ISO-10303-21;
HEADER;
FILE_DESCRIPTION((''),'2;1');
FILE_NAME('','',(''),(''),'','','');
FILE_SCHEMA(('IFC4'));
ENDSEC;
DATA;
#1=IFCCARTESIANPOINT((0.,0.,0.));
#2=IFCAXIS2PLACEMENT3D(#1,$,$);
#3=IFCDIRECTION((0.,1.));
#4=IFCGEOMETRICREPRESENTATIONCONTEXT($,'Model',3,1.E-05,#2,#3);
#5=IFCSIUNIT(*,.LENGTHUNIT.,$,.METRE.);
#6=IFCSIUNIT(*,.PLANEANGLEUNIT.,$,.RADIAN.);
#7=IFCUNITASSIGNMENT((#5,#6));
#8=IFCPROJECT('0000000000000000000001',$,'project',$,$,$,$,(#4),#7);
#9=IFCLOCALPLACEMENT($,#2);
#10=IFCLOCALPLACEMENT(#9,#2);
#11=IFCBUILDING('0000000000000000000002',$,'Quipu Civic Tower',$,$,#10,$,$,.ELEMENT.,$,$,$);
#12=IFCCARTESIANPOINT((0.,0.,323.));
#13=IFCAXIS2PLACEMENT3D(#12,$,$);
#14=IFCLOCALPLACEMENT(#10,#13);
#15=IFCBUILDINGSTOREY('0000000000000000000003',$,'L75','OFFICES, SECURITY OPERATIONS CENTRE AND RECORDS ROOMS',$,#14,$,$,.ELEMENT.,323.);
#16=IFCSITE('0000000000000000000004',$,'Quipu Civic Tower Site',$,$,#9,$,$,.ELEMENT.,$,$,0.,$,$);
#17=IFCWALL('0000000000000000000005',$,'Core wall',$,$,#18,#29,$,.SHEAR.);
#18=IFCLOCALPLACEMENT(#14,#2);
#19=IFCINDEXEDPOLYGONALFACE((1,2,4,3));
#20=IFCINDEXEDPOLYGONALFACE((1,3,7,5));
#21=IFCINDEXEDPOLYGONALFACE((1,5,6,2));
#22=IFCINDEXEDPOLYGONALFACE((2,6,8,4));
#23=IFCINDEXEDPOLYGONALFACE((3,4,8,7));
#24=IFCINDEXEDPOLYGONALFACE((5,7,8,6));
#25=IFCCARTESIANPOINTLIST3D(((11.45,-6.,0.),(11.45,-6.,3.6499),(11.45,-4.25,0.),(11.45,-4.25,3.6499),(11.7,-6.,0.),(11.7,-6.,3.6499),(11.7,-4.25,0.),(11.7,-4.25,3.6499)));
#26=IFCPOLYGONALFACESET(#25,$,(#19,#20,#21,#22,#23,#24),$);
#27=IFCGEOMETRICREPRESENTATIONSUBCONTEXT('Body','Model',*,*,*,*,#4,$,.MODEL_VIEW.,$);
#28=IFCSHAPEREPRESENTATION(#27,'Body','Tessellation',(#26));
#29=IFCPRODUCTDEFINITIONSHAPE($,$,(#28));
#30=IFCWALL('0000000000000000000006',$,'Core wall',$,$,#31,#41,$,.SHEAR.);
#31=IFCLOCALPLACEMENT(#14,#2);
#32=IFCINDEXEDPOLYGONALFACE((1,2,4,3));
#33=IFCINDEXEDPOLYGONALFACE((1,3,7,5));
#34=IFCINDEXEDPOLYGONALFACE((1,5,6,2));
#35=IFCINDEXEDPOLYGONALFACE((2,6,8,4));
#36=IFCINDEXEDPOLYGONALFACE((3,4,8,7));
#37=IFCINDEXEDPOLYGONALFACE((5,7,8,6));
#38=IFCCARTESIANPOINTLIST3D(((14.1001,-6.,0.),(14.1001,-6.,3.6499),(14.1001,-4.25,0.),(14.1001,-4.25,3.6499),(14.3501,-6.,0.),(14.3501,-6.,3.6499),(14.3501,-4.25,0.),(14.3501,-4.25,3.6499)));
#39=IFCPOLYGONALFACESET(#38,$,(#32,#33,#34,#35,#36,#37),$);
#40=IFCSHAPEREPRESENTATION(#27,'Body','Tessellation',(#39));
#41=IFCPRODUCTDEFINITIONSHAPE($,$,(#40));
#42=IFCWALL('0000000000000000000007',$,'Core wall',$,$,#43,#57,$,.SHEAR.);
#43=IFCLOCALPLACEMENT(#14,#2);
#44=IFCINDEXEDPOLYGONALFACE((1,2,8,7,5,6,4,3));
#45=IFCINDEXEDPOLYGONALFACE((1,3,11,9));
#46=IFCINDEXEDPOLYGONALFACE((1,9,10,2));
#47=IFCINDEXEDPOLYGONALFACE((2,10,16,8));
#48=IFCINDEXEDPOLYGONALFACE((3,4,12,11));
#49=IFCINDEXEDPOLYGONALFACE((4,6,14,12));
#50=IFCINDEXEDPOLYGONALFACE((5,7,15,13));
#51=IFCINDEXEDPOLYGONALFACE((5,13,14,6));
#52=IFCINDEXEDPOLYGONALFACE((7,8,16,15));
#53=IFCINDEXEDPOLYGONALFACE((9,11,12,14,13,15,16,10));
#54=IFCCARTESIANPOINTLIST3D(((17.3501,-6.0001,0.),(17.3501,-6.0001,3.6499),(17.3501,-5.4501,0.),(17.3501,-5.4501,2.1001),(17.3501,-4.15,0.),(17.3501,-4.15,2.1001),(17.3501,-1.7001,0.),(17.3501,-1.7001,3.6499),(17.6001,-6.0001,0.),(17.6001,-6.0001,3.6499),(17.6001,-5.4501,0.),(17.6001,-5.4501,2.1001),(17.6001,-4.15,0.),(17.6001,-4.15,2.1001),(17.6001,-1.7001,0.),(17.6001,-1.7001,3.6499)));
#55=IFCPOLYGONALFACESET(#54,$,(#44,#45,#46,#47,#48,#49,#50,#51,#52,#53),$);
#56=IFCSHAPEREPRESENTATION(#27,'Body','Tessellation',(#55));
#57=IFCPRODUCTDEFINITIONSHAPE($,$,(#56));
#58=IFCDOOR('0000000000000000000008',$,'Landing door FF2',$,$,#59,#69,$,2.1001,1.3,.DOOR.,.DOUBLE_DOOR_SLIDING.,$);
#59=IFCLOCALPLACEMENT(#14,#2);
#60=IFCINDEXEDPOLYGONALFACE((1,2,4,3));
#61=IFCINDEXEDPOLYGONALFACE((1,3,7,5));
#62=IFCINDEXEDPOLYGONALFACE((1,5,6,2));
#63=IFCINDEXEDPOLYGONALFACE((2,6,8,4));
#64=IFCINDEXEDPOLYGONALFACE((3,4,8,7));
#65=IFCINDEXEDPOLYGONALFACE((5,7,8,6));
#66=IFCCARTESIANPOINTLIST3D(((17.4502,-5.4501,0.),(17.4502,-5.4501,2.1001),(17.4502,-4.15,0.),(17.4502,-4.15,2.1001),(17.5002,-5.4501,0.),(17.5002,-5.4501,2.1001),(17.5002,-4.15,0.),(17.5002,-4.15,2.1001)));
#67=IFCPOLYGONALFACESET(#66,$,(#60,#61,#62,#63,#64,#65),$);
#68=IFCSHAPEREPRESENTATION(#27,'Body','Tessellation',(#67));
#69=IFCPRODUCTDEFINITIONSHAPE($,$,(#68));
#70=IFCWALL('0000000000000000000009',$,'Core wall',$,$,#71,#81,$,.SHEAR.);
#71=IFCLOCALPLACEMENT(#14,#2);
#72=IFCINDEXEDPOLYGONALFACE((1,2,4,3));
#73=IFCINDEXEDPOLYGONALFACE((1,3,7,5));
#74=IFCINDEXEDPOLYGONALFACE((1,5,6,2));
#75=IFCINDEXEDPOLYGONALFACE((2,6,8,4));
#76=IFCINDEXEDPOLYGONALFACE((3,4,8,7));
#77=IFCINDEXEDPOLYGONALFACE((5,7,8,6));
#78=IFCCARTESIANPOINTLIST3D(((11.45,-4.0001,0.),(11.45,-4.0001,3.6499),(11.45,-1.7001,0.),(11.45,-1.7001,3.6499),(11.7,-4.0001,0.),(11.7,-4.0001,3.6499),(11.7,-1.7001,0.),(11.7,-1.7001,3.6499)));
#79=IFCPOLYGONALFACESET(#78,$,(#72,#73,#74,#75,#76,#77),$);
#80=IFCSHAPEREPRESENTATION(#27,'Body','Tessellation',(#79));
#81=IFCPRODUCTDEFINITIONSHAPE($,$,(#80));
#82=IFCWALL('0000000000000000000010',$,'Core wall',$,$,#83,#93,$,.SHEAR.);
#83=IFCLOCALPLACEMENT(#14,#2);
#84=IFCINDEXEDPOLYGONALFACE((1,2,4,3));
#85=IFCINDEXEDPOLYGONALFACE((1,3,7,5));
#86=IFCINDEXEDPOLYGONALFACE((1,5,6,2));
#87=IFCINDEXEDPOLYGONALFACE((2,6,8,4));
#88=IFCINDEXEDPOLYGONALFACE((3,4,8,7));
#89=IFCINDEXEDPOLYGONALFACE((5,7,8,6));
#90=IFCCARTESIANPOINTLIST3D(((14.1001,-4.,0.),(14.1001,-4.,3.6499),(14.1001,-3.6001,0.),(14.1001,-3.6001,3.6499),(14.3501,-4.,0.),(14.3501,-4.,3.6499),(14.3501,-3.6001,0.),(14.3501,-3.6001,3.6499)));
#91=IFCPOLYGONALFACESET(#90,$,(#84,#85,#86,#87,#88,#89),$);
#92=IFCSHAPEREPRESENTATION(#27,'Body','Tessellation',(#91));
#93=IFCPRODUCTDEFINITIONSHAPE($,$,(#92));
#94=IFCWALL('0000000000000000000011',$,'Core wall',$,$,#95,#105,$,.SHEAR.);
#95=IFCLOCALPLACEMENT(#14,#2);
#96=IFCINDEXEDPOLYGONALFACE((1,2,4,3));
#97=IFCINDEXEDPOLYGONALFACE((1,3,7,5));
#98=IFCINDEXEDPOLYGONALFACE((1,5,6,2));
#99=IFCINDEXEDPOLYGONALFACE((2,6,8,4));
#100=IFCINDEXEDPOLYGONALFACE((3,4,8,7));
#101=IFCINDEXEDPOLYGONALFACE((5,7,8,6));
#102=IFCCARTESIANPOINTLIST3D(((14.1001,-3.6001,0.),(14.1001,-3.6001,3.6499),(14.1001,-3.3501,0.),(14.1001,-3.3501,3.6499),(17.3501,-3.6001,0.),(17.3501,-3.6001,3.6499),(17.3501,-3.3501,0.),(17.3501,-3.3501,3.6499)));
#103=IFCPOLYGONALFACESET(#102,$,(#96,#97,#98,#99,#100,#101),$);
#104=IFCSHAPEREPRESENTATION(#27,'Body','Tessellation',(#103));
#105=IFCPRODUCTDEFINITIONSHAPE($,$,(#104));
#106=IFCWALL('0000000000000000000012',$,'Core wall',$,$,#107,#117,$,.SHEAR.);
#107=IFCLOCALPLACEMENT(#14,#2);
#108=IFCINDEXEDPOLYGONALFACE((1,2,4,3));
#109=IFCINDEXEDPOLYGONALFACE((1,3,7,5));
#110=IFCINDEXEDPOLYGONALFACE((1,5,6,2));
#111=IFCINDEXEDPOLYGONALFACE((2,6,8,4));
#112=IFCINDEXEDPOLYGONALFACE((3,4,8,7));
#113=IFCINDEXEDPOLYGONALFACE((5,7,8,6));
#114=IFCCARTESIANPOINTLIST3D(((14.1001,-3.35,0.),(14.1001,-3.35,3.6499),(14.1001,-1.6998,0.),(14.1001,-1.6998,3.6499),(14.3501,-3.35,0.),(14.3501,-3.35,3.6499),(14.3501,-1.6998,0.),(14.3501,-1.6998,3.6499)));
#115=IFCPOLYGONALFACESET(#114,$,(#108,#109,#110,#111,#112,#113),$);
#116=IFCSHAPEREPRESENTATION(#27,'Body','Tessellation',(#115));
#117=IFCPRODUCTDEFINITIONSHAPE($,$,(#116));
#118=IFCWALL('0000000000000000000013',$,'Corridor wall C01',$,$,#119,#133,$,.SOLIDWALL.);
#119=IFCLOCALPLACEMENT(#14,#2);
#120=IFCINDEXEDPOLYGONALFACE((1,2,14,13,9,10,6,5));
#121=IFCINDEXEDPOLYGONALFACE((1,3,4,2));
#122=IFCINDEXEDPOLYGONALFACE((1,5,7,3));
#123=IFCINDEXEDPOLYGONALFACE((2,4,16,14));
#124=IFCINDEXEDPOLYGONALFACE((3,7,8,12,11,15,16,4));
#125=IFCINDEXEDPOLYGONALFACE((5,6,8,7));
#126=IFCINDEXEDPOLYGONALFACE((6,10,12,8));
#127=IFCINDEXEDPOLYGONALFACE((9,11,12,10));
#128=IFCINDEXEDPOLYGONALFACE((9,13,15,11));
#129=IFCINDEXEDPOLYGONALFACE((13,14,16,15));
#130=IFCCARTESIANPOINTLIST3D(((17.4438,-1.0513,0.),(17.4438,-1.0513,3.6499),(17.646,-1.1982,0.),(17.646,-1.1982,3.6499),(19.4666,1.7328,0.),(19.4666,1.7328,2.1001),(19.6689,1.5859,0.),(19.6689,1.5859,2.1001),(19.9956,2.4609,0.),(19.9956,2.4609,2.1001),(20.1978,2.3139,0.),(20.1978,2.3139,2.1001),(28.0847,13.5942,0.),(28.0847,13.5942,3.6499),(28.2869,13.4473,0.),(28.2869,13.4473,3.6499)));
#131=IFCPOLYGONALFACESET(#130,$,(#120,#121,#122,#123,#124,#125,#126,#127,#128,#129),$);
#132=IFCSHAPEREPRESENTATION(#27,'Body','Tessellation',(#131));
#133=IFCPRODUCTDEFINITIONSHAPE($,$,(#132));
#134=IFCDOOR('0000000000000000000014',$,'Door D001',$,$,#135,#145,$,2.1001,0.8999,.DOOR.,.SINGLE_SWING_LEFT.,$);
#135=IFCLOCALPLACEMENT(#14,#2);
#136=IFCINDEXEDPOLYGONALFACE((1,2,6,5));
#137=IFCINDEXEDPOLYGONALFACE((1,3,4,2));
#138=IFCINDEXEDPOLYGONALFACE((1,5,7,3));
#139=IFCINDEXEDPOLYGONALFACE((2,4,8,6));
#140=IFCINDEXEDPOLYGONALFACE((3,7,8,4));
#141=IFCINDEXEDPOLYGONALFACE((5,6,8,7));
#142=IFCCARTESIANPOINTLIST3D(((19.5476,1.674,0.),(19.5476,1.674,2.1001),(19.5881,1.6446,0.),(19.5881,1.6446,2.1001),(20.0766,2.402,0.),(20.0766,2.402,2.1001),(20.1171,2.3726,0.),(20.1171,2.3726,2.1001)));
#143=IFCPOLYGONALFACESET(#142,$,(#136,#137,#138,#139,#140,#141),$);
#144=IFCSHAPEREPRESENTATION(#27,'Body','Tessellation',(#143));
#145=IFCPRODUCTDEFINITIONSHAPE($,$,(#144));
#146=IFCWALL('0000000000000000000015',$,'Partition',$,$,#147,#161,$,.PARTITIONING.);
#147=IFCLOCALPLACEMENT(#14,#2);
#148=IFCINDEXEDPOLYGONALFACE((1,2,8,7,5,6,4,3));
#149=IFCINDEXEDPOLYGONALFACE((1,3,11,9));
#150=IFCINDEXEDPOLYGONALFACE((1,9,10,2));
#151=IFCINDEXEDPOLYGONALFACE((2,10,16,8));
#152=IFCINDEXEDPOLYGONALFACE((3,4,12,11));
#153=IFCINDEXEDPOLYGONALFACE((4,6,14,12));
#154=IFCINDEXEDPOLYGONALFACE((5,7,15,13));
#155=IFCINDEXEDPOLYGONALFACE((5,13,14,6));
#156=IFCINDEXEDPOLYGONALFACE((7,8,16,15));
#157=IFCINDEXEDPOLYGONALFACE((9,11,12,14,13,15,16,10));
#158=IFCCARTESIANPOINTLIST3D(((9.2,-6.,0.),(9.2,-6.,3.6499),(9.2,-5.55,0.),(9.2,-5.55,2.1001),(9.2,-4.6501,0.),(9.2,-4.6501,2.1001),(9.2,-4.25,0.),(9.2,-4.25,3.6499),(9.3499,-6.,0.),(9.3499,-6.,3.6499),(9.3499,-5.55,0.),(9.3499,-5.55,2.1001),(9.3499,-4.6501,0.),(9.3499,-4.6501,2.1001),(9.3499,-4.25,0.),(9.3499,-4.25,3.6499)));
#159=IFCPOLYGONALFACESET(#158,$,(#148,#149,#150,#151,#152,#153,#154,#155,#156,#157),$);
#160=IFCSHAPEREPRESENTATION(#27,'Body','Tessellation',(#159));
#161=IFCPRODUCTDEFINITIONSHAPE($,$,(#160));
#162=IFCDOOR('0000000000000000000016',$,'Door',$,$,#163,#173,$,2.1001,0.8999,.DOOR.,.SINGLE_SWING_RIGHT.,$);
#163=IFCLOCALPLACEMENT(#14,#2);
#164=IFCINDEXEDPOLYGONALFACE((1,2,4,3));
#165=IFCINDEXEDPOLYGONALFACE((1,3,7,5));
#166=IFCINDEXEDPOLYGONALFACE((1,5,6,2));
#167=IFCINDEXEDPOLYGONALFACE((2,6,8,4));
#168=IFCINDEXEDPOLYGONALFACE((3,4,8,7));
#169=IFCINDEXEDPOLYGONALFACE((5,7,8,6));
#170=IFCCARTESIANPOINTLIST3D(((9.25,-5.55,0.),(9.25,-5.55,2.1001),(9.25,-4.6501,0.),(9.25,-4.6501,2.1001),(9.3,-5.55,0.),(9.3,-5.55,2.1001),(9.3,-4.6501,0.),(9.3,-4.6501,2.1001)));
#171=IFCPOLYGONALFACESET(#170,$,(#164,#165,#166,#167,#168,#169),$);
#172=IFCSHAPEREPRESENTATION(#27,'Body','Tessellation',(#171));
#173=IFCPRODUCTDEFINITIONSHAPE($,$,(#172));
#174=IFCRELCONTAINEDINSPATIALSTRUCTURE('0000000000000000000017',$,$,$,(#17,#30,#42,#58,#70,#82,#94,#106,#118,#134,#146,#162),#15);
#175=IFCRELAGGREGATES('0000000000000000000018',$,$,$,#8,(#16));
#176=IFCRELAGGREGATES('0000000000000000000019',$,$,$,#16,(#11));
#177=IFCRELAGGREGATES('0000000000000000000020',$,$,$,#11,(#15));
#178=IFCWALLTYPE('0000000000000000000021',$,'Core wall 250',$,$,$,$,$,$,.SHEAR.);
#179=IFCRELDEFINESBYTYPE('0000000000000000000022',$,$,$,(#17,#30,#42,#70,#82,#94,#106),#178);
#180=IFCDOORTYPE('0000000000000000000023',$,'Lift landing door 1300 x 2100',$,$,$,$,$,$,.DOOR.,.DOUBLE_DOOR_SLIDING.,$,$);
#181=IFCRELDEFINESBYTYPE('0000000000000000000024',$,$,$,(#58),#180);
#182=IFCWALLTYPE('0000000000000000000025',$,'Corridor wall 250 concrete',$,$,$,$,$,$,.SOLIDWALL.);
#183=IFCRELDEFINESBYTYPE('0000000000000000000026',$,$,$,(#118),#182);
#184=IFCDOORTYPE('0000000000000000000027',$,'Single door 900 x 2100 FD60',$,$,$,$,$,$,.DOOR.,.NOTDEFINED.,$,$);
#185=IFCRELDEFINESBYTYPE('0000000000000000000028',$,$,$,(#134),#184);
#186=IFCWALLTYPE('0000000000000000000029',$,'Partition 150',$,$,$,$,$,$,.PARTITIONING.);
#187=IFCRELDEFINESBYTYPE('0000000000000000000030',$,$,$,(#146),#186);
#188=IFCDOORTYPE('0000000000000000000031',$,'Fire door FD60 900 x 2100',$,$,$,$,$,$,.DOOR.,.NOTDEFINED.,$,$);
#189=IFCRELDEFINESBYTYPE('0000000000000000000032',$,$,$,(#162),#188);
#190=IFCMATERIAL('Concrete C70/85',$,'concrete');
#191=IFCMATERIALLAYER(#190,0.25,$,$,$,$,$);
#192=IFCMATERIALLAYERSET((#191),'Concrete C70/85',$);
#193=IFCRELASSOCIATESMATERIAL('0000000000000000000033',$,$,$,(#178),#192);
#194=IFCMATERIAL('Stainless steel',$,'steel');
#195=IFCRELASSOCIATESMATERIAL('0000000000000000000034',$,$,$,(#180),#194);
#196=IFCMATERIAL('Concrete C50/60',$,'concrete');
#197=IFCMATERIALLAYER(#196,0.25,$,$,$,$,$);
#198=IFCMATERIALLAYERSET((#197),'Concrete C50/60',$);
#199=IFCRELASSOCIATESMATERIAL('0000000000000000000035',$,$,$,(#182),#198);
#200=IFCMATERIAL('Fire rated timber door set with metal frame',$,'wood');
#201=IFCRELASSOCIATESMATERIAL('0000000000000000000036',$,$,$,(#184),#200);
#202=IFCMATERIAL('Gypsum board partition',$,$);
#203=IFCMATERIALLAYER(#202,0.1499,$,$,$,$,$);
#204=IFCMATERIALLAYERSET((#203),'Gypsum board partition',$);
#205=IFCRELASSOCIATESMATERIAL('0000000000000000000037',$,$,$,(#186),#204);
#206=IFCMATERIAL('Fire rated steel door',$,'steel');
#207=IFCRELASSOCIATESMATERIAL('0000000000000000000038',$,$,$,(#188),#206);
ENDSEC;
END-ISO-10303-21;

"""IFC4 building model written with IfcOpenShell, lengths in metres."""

from ifc_helpers import new_model, si_unit, direction, frame, frame_2d, origin, place, context, subcontext, project, spatial, rectangle, extrude, material, layer, layer_set, type_object, element, fill, save


model = new_model("IFC4")

# Units and contexts
model_context = context("Model", 3, precision=1e-05, world=origin(), true_north=direction((0.0, 1.0)))
body_context = subcontext(model_context, "Body", "Model", "MODEL_VIEW")
ifc_project = project(units=[si_unit("LENGTHUNIT", "METRE"), si_unit("PLANEANGLEUNIT", "RADIAN")], contexts=[model_context])

# Site, building, storey
site_placement = place(None, origin())
site = spatial("IfcSite", under=ifc_project, at=site_placement, Name="Quipu Civic Tower Site", CompositionType="ELEMENT", RefElevation=0.0)
building_placement = place(site_placement, origin())
building = spatial("IfcBuilding", under=site, at=building_placement, Name="Quipu Civic Tower", CompositionType="ELEMENT")
storey_placement = place(building_placement, frame((0.0, 0.0, 323.0)))
storey = spatial("IfcBuildingStorey", under=building, at=storey_placement, Name="L75", Description="OFFICES, SECURITY OPERATIONS CENTRE AND RECORDS ROOMS", CompositionType="ELEMENT", Elevation=323.0)

# Walls
ifc_material_1 = material(Name="Concrete C70/85", Category="concrete")
ifc_layer_1 = layer(ifc_material_1, 0.25)
ifc_layer_set_1 = layer_set([ifc_layer_1], Name="Concrete C70/85")
wall_type_1 = type_object("IfcWallType", Name="Core wall 250", PredefinedType="SHEAR", material=ifc_layer_set_1)
for number, where, z_axis, x_axis, name in (
    (1, (11.575, -6.0, 0.0), (0.0, 0.0, 1.0), (0.0, 1.0, 0.0), "Core wall"),
    (2, (14.2251, -6.0, 0.0), (0.0, 0.0, 1.0), (0.0, 1.0, 0.0), "Core wall"),
):
    element("IfcWall", number, at=place(storey_placement, frame(where, z_axis=z_axis, x_axis=x_axis)), inside=storey, type_object=wall_type_1, Name=name, PredefinedType="SHEAR", context=body_context, shape_type="SweptSolid", body=[
        extrude(rectangle(XDim=1.75, YDim=0.25, at=frame_2d((0.875, 0.0))), origin(), (0.0, 0.0, 1.0), 3.6499),
    ])

# Wall, opening, door
wall_1_placement = place(storey_placement, frame((17.4751, -6.0, 0.0), z_axis=(0.0, 0.0, 1.0), x_axis=(0.0, 1.0, 0.0)))
wall_1 = element("IfcWall", 3, at=wall_1_placement, inside=storey, type_object=wall_type_1, Name="Core wall", PredefinedType="SHEAR", context=body_context, shape_type="SweptSolid", body=[
    extrude(rectangle(XDim=4.3, YDim=0.25, at=frame_2d((2.1499, 0.0))), origin(), (0.0, 0.0, 1.0), 3.6499),
])
opening_1_placement = place(wall_1_placement, frame((0.55, 0.0, 0.0)))
opening_1 = element("IfcOpeningElement", 4, at=opening_1_placement, cuts=wall_1, PredefinedType="OPENING", context=body_context, shape_type="SweptSolid", body=[
    extrude(rectangle(XDim=1.3, YDim=2.1001, at=frame_2d((0.6499, 1.05))), frame((0.0, 0.135, 0.0), z_axis=(0.0, -1.0, 0.0), x_axis=(1.0, 0.0, 0.0)), (0.0, 0.0, 1.0), 0.27),
])
ifc_material_2 = material(Name="Stainless steel", Category="steel")
door_type_1 = type_object("IfcDoorType", Name="Lift landing door 1300 x 2100", OperationType="DOUBLE_DOOR_SLIDING", PredefinedType="DOOR", material=ifc_material_2)
door_1_placement = place(opening_1_placement, origin())
door_1 = element("IfcDoor", 5, at=door_1_placement, inside=storey, type_object=door_type_1, Name="Landing door FF2", OperationType="DOUBLE_DOOR_SLIDING", OverallHeight=2.1001, OverallWidth=1.3, PredefinedType="DOOR", context=body_context, shape_type="SweptSolid", body=[
    extrude(rectangle(XDim=1.3, YDim=2.1001, at=frame_2d((0.6499, 1.05))), frame((0.0, 0.0249, 0.0), z_axis=(0.0, -1.0, 0.0), x_axis=(1.0, 0.0, 0.0)), (0.0, 0.0, 1.0), 0.05),
])
fill(opening_1, door_1)

# Walls
wall_2_placement = place(storey_placement, frame((11.575, -4.0, 0.0), z_axis=(0.0, 0.0, 1.0), x_axis=(0.0, 1.0, 0.0)))
element("IfcWall", 6, at=wall_2_placement, inside=storey, type_object=wall_type_1, Name="Core wall", PredefinedType="SHEAR", context=body_context, shape_type="SweptSolid", body=[
    extrude(rectangle(XDim=2.3, YDim=0.25, at=frame_2d((1.1499, 0.0))), origin(), (0.0, 0.0, 1.0), 3.6499),
])
wall_3_placement = place(storey_placement, frame((14.2251, -4.0, 0.0), z_axis=(0.0, 0.0, 1.0), x_axis=(0.0, 1.0, 0.0)))
element("IfcWall", 7, at=wall_3_placement, inside=storey, type_object=wall_type_1, Name="Core wall", PredefinedType="SHEAR", context=body_context, shape_type="SweptSolid", body=[
    extrude(rectangle(XDim=0.3999, YDim=0.25, at=frame_2d((0.2, 0.0))), origin(), (0.0, 0.0, 1.0), 3.6499),
])
wall_4_placement = place(storey_placement, frame((14.1001, -3.4751, 0.0), z_axis=(0.0, 0.0, 1.0), x_axis=(1.0, 0.0, 0.0)))
element("IfcWall", 8, at=wall_4_placement, inside=storey, type_object=wall_type_1, Name="Core wall", PredefinedType="SHEAR", context=body_context, shape_type="SweptSolid", body=[
    extrude(rectangle(XDim=3.25, YDim=0.25, at=frame_2d((1.625, 0.0))), origin(), (0.0, 0.0, 1.0), 3.6499),
])
wall_5_placement = place(storey_placement, frame((14.2251, -3.3501, 0.0), z_axis=(0.0, 0.0, 1.0), x_axis=(0.0, 1.0, 0.0)))
element("IfcWall", 9, at=wall_5_placement, inside=storey, type_object=wall_type_1, Name="Core wall", PredefinedType="SHEAR", context=body_context, shape_type="SweptSolid", body=[
    extrude(rectangle(XDim=1.6501, YDim=0.25, at=frame_2d((0.8252, 0.0))), origin(), (0.0, 0.0, 1.0), 3.6499),
])

# Walls, openings, doors
ifc_material_3 = material(Name="Concrete C50/60", Category="concrete")
ifc_layer_2 = layer(ifc_material_3, 0.25)
ifc_layer_set_2 = layer_set([ifc_layer_2], Name="Concrete C50/60")
wall_type_2 = type_object("IfcWallType", Name="Corridor wall 250 concrete", PredefinedType="SOLIDWALL", material=ifc_layer_set_2)
wall_6_placement = place(storey_placement, frame((17.5449, -1.1248, 0.0), z_axis=(0.0, 0.0, 1.0), x_axis=(0.587796, 0.80901, 0.0)))
wall_6 = element("IfcWall", 10, at=wall_6_placement, inside=storey, type_object=wall_type_2, Name="Corridor wall C01", PredefinedType="SOLIDWALL", context=body_context, shape_type="SweptSolid", body=[
    extrude(rectangle(XDim=18.103, YDim=0.25, at=frame_2d((9.0515, 0.0))), origin(), (0.0, 0.0, 1.0), 3.6499),
])
opening_2_placement = place(wall_6_placement, frame((3.4414, 0.0, 0.0)))
opening_2 = element("IfcOpeningElement", 11, at=opening_2_placement, cuts=wall_6, PredefinedType="OPENING", context=body_context, shape_type="SweptSolid", body=[
    extrude(rectangle(XDim=0.8999, YDim=2.1001, at=frame_2d((0.45, 1.05))), frame((0.0, 0.135, 0.0), z_axis=(0.0, -1.0, 0.0), x_axis=(1.0, 0.0, 0.0)), (0.0, 0.0, 1.0), 0.27),
])
ifc_material_4 = material(Name="Fire rated timber door set with metal frame", Category="wood")
door_type_2 = type_object("IfcDoorType", Name="Single door 900 x 2100 FD60", OperationType="NOTDEFINED", PredefinedType="DOOR", material=ifc_material_4)
door_2_placement = place(opening_2_placement, origin())
door_2 = element("IfcDoor", 12, at=door_2_placement, inside=storey, type_object=door_type_2, Name="Door D001", OperationType="SINGLE_SWING_LEFT", OverallHeight=2.1001, OverallWidth=0.8999, PredefinedType="DOOR", context=body_context, shape_type="SweptSolid", body=[
    extrude(rectangle(XDim=0.8999, YDim=2.1001, at=frame_2d((0.45, 1.05))), frame((0.0, 0.0249, 0.0), z_axis=(0.0, -1.0, 0.0), x_axis=(1.0, 0.0, 0.0)), (0.0, 0.0, 1.0), 0.05),
])
fill(opening_2, door_2)
ifc_material_5 = material(Name="Gypsum board partition")
ifc_layer_3 = layer(ifc_material_5, 0.1499)
ifc_layer_set_3 = layer_set([ifc_layer_3], Name="Gypsum board partition")
wall_type_3 = type_object("IfcWallType", Name="Partition 150", PredefinedType="PARTITIONING", material=ifc_layer_set_3)
wall_7_placement = place(storey_placement, frame((9.2749, -6.0, 0.0), z_axis=(0.0, 0.0, 1.0), x_axis=(0.0, 1.0, 0.0)))
wall_7 = element("IfcWall", 13, at=wall_7_placement, inside=storey, type_object=wall_type_3, Name="Partition", PredefinedType="PARTITIONING", context=body_context, shape_type="SweptSolid", body=[
    extrude(rectangle(XDim=1.75, YDim=0.1499, at=frame_2d((0.875, 0.0))), origin(), (0.0, 0.0, 1.0), 3.6499),
])
opening_3_placement = place(wall_7_placement, frame((0.45, 0.0, 0.0)))
opening_3 = element("IfcOpeningElement", 14, at=opening_3_placement, cuts=wall_7, PredefinedType="OPENING", context=body_context, shape_type="SweptSolid", body=[
    extrude(rectangle(XDim=0.8999, YDim=2.1001, at=frame_2d((0.45, 1.05))), frame((0.0, 0.085, 0.0), z_axis=(0.0, -1.0, 0.0), x_axis=(1.0, 0.0, 0.0)), (0.0, 0.0, 1.0), 0.1699),
])
ifc_material_6 = material(Name="Fire rated steel door", Category="steel")
door_type_3 = type_object("IfcDoorType", Name="Fire door FD60 900 x 2100", OperationType="NOTDEFINED", PredefinedType="DOOR", material=ifc_material_6)
door_3_placement = place(opening_3_placement, origin())
door_3 = element("IfcDoor", 15, at=door_3_placement, inside=storey, type_object=door_type_3, Name="Door", OperationType="SINGLE_SWING_RIGHT", OverallHeight=2.1001, OverallWidth=0.8999, PredefinedType="DOOR", context=body_context, shape_type="SweptSolid", body=[
    extrude(rectangle(XDim=0.8999, YDim=2.1001, at=frame_2d((0.45, 1.05))), frame((0.0, 0.0249, 0.0), z_axis=(0.0, -1.0, 0.0), x_axis=(1.0, 0.0, 0.0)), (0.0, 0.0, 1.0), 0.05),
])
fill(opening_3, door_3)

save(model, "model.ifc")
